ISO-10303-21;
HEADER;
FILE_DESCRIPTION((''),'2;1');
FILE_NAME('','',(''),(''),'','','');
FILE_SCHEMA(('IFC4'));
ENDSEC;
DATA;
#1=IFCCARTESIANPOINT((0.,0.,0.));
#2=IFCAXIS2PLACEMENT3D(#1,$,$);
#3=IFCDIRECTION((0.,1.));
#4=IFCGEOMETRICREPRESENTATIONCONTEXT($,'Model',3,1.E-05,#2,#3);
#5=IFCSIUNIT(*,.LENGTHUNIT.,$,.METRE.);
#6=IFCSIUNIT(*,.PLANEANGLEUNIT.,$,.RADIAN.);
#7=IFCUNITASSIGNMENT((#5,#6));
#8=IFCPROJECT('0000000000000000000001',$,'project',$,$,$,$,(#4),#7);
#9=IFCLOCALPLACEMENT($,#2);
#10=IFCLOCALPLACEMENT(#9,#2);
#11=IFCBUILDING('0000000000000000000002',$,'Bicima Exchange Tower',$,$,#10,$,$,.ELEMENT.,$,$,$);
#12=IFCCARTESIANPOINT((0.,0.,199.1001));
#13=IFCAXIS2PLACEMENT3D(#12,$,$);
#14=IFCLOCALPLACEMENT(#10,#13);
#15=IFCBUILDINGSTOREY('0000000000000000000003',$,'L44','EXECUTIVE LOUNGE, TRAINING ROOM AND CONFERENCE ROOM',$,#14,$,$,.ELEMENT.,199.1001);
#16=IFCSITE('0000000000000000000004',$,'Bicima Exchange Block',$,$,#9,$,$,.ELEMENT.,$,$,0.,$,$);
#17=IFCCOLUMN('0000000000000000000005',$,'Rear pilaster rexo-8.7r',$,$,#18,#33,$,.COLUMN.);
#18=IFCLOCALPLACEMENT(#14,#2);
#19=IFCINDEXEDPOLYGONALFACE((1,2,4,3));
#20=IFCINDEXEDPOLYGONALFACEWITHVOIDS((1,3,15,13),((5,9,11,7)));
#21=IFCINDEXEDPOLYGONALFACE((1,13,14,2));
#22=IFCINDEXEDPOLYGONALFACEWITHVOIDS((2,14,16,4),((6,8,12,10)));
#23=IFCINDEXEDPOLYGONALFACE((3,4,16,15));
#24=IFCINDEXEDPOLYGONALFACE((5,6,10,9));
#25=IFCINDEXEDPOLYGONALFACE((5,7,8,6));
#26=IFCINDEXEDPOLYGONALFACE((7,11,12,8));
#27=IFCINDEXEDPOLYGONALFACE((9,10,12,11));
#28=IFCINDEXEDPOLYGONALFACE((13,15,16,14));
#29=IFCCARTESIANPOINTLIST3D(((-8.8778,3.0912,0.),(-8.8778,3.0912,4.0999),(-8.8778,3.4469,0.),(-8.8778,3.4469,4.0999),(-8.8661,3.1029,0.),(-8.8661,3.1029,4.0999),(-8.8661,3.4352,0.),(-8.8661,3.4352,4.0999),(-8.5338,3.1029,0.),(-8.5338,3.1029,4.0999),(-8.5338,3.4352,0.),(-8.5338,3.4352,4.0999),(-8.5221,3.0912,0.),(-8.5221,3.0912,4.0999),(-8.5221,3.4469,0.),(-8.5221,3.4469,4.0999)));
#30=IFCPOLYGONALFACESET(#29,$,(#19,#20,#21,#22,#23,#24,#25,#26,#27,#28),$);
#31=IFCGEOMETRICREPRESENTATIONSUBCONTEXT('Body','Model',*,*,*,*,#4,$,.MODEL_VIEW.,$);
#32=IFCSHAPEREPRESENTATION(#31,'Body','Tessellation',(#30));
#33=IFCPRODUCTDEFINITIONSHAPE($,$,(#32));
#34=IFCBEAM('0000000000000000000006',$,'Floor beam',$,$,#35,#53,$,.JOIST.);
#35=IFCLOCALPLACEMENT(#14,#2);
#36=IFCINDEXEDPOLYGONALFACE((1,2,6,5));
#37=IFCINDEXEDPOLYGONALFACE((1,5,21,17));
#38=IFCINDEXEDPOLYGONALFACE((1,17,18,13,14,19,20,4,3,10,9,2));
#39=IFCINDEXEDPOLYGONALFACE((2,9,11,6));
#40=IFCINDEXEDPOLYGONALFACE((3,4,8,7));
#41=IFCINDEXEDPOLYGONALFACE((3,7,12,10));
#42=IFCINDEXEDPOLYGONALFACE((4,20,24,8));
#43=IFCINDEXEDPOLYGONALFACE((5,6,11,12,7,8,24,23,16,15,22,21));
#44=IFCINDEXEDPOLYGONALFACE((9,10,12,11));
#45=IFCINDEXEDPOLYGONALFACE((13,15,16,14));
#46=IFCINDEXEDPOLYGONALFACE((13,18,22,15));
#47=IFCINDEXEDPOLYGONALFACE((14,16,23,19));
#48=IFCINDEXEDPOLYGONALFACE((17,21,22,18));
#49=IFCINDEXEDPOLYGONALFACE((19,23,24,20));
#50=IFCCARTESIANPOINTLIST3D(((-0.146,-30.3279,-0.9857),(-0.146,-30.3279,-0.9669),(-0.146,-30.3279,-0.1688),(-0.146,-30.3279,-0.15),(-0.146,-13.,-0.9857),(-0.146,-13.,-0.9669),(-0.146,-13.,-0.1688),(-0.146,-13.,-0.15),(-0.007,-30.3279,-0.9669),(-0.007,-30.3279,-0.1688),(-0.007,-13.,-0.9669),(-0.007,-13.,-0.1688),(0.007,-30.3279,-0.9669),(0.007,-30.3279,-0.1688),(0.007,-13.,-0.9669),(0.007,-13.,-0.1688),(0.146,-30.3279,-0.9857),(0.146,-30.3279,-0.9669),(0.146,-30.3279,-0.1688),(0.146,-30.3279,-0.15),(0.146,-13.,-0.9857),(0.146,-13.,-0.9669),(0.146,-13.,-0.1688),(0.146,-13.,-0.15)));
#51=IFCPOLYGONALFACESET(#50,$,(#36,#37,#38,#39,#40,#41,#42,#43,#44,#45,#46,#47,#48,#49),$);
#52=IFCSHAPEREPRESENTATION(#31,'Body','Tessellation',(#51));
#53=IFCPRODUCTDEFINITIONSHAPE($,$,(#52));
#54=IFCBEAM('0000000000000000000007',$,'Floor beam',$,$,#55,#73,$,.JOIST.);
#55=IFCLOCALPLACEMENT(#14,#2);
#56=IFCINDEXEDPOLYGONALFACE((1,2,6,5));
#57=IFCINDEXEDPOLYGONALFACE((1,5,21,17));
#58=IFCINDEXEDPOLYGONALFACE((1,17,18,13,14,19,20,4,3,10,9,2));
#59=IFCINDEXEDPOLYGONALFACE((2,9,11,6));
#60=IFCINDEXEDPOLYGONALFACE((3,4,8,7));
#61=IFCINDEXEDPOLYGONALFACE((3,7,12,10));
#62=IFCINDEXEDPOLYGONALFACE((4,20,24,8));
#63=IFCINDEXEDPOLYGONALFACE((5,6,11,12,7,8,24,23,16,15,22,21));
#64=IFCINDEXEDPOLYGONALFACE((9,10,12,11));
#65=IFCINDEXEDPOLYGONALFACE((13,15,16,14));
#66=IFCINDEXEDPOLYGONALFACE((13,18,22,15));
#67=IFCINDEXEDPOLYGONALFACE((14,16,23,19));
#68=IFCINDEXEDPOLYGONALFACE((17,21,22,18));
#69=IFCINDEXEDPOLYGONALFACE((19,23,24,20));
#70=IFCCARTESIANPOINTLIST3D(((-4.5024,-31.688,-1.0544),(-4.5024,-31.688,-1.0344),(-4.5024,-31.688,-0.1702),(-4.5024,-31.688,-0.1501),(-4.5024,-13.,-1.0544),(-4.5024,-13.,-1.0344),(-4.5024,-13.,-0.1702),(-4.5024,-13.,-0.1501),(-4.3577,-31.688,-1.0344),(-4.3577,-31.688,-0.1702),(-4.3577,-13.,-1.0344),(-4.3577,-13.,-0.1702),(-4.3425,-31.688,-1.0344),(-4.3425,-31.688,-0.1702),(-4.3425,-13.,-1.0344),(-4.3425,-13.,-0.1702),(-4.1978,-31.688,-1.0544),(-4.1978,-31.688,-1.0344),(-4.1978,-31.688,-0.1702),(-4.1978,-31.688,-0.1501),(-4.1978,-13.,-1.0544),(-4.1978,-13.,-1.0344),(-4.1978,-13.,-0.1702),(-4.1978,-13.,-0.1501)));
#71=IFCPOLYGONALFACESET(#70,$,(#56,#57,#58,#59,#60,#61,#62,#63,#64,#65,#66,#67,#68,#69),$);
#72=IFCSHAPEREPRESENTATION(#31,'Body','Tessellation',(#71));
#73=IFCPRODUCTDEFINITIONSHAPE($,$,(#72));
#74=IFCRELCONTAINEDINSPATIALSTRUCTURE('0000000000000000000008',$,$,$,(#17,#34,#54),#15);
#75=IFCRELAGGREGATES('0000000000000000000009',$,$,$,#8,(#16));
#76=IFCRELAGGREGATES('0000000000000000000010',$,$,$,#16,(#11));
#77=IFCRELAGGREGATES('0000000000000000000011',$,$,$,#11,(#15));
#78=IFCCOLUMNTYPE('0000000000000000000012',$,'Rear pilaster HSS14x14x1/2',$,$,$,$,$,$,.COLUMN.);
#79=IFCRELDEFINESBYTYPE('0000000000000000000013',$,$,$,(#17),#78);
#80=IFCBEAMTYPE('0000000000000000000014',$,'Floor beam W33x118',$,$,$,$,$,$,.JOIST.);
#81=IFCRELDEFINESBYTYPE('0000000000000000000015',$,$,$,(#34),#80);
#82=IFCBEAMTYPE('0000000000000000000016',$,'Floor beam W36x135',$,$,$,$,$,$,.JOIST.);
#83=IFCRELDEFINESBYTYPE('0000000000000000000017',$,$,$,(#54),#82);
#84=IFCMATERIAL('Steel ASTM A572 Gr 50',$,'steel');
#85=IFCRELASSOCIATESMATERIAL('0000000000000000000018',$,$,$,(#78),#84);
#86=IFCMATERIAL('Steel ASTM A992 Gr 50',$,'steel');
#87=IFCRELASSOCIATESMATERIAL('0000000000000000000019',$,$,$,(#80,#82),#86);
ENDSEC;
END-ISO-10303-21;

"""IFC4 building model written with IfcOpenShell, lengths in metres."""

from ifc_helpers import new_model, si_unit, direction, frame, origin, origin_2d, place, context, subcontext, project, spatial, hollow_rectangle, i_section, extrude, material, material_profile, profile_set, type_object, element, save


model = new_model("IFC4")

# Units and contexts
model_context = context("Model", 3, precision=1e-05, world=origin(), true_north=direction((0.0, 1.0)))
body_context = subcontext(model_context, "Body", "Model", "MODEL_VIEW")
ifc_project = project(units=[si_unit("LENGTHUNIT", "METRE"), si_unit("PLANEANGLEUNIT", "RADIAN")], contexts=[model_context])

# Site, building, storey
site_placement = place(None, origin())
site = spatial("IfcSite", under=ifc_project, at=site_placement, Name="Bicima Exchange Block", CompositionType="ELEMENT", RefElevation=0.0)
building_placement = place(site_placement, origin())
building = spatial("IfcBuilding", under=site, at=building_placement, Name="Bicima Exchange Tower", CompositionType="ELEMENT")
storey_placement = place(building_placement, frame((0.0, 0.0, 199.1001)))
storey = spatial("IfcBuildingStorey", under=building, at=storey_placement, Name="L44", Description="EXECUTIVE LOUNGE, TRAINING ROOM AND CONFERENCE ROOM", CompositionType="ELEMENT", Elevation=199.1001)

# Column
ifc_material_1 = material(Name="Steel ASTM A572 Gr 50", Category="steel")
ifc_material_profile_1 = material_profile(ifc_material_1, hollow_rectangle(XDim=0.3557, YDim=0.3557, WallThickness=0.0117, at=origin_2d()))
ifc_profile_set_1 = profile_set([ifc_material_profile_1], Name="Steel ASTM A572 Gr 50")
column_type = type_object("IfcColumnType", Name="Rear pilaster HSS14x14x1/2", PredefinedType="COLUMN", material=ifc_profile_set_1)
column_placement = place(storey_placement, frame((-8.7, 3.269, 0.0), z_axis=(0.0, 0.0, 1.0), x_axis=(1.0, 0.0, 0.0)))
element("IfcColumn", 1, at=column_placement, inside=storey, type_object=column_type, Name="Rear pilaster rexo-8.7r", PredefinedType="COLUMN", context=body_context, shape_type="SweptSolid", body=[
    extrude(hollow_rectangle(XDim=0.3557, YDim=0.3557, WallThickness=0.0117, at=origin_2d()), origin(), (0.0, 0.0, 1.0), 4.0999),
])

# Beams
ifc_material_2 = material(Name="Steel ASTM A992 Gr 50", Category="steel")
ifc_material_profile_2 = material_profile(ifc_material_2, i_section(OverallWidth=0.292, OverallDepth=0.8357, WebThickness=0.0139, FlangeThickness=0.0188, at=origin_2d()))
ifc_profile_set_2 = profile_set([ifc_material_profile_2], Name="Steel ASTM A992 Gr 50")
beam_type_1 = type_object("IfcBeamType", Name="Floor beam W33x118", PredefinedType="JOIST", material=ifc_profile_set_2)
beam_1_placement = place(storey_placement, frame((0.0, -13.0, -0.5679), z_axis=(0.0, -1.0, 0.0), x_axis=(1.0, 0.0, 0.0)))
element("IfcBeam", 2, at=beam_1_placement, inside=storey, type_object=beam_type_1, Name="Floor beam", PredefinedType="JOIST", context=body_context, shape_type="SweptSolid", body=[
    extrude(i_section(OverallWidth=0.292, OverallDepth=0.8357, WebThickness=0.0139, FlangeThickness=0.0188, at=origin_2d()), origin(), (0.0, 0.0, 1.0), 17.3279),
])
ifc_material_profile_3 = material_profile(ifc_material_2, i_section(OverallWidth=0.3047, OverallDepth=0.9043, WebThickness=0.0151, FlangeThickness=0.02, at=origin_2d()))
ifc_profile_set_3 = profile_set([ifc_material_profile_3], Name="Steel ASTM A992 Gr 50")
beam_type_2 = type_object("IfcBeamType", Name="Floor beam W36x135", PredefinedType="JOIST", material=ifc_profile_set_3)
beam_2_placement = place(storey_placement, frame((-4.3501, -13.0, -0.6023), z_axis=(0.0, -1.0, 0.0), x_axis=(1.0, 0.0, 0.0)))
element("IfcBeam", 3, at=beam_2_placement, inside=storey, type_object=beam_type_2, Name="Floor beam", PredefinedType="JOIST", context=body_context, shape_type="SweptSolid", body=[
    extrude(i_section(OverallWidth=0.3047, OverallDepth=0.9043, WebThickness=0.0151, FlangeThickness=0.02, at=origin_2d()), origin(), (0.0, 0.0, 1.0), 18.688),
])

save(model, "model.ifc")
